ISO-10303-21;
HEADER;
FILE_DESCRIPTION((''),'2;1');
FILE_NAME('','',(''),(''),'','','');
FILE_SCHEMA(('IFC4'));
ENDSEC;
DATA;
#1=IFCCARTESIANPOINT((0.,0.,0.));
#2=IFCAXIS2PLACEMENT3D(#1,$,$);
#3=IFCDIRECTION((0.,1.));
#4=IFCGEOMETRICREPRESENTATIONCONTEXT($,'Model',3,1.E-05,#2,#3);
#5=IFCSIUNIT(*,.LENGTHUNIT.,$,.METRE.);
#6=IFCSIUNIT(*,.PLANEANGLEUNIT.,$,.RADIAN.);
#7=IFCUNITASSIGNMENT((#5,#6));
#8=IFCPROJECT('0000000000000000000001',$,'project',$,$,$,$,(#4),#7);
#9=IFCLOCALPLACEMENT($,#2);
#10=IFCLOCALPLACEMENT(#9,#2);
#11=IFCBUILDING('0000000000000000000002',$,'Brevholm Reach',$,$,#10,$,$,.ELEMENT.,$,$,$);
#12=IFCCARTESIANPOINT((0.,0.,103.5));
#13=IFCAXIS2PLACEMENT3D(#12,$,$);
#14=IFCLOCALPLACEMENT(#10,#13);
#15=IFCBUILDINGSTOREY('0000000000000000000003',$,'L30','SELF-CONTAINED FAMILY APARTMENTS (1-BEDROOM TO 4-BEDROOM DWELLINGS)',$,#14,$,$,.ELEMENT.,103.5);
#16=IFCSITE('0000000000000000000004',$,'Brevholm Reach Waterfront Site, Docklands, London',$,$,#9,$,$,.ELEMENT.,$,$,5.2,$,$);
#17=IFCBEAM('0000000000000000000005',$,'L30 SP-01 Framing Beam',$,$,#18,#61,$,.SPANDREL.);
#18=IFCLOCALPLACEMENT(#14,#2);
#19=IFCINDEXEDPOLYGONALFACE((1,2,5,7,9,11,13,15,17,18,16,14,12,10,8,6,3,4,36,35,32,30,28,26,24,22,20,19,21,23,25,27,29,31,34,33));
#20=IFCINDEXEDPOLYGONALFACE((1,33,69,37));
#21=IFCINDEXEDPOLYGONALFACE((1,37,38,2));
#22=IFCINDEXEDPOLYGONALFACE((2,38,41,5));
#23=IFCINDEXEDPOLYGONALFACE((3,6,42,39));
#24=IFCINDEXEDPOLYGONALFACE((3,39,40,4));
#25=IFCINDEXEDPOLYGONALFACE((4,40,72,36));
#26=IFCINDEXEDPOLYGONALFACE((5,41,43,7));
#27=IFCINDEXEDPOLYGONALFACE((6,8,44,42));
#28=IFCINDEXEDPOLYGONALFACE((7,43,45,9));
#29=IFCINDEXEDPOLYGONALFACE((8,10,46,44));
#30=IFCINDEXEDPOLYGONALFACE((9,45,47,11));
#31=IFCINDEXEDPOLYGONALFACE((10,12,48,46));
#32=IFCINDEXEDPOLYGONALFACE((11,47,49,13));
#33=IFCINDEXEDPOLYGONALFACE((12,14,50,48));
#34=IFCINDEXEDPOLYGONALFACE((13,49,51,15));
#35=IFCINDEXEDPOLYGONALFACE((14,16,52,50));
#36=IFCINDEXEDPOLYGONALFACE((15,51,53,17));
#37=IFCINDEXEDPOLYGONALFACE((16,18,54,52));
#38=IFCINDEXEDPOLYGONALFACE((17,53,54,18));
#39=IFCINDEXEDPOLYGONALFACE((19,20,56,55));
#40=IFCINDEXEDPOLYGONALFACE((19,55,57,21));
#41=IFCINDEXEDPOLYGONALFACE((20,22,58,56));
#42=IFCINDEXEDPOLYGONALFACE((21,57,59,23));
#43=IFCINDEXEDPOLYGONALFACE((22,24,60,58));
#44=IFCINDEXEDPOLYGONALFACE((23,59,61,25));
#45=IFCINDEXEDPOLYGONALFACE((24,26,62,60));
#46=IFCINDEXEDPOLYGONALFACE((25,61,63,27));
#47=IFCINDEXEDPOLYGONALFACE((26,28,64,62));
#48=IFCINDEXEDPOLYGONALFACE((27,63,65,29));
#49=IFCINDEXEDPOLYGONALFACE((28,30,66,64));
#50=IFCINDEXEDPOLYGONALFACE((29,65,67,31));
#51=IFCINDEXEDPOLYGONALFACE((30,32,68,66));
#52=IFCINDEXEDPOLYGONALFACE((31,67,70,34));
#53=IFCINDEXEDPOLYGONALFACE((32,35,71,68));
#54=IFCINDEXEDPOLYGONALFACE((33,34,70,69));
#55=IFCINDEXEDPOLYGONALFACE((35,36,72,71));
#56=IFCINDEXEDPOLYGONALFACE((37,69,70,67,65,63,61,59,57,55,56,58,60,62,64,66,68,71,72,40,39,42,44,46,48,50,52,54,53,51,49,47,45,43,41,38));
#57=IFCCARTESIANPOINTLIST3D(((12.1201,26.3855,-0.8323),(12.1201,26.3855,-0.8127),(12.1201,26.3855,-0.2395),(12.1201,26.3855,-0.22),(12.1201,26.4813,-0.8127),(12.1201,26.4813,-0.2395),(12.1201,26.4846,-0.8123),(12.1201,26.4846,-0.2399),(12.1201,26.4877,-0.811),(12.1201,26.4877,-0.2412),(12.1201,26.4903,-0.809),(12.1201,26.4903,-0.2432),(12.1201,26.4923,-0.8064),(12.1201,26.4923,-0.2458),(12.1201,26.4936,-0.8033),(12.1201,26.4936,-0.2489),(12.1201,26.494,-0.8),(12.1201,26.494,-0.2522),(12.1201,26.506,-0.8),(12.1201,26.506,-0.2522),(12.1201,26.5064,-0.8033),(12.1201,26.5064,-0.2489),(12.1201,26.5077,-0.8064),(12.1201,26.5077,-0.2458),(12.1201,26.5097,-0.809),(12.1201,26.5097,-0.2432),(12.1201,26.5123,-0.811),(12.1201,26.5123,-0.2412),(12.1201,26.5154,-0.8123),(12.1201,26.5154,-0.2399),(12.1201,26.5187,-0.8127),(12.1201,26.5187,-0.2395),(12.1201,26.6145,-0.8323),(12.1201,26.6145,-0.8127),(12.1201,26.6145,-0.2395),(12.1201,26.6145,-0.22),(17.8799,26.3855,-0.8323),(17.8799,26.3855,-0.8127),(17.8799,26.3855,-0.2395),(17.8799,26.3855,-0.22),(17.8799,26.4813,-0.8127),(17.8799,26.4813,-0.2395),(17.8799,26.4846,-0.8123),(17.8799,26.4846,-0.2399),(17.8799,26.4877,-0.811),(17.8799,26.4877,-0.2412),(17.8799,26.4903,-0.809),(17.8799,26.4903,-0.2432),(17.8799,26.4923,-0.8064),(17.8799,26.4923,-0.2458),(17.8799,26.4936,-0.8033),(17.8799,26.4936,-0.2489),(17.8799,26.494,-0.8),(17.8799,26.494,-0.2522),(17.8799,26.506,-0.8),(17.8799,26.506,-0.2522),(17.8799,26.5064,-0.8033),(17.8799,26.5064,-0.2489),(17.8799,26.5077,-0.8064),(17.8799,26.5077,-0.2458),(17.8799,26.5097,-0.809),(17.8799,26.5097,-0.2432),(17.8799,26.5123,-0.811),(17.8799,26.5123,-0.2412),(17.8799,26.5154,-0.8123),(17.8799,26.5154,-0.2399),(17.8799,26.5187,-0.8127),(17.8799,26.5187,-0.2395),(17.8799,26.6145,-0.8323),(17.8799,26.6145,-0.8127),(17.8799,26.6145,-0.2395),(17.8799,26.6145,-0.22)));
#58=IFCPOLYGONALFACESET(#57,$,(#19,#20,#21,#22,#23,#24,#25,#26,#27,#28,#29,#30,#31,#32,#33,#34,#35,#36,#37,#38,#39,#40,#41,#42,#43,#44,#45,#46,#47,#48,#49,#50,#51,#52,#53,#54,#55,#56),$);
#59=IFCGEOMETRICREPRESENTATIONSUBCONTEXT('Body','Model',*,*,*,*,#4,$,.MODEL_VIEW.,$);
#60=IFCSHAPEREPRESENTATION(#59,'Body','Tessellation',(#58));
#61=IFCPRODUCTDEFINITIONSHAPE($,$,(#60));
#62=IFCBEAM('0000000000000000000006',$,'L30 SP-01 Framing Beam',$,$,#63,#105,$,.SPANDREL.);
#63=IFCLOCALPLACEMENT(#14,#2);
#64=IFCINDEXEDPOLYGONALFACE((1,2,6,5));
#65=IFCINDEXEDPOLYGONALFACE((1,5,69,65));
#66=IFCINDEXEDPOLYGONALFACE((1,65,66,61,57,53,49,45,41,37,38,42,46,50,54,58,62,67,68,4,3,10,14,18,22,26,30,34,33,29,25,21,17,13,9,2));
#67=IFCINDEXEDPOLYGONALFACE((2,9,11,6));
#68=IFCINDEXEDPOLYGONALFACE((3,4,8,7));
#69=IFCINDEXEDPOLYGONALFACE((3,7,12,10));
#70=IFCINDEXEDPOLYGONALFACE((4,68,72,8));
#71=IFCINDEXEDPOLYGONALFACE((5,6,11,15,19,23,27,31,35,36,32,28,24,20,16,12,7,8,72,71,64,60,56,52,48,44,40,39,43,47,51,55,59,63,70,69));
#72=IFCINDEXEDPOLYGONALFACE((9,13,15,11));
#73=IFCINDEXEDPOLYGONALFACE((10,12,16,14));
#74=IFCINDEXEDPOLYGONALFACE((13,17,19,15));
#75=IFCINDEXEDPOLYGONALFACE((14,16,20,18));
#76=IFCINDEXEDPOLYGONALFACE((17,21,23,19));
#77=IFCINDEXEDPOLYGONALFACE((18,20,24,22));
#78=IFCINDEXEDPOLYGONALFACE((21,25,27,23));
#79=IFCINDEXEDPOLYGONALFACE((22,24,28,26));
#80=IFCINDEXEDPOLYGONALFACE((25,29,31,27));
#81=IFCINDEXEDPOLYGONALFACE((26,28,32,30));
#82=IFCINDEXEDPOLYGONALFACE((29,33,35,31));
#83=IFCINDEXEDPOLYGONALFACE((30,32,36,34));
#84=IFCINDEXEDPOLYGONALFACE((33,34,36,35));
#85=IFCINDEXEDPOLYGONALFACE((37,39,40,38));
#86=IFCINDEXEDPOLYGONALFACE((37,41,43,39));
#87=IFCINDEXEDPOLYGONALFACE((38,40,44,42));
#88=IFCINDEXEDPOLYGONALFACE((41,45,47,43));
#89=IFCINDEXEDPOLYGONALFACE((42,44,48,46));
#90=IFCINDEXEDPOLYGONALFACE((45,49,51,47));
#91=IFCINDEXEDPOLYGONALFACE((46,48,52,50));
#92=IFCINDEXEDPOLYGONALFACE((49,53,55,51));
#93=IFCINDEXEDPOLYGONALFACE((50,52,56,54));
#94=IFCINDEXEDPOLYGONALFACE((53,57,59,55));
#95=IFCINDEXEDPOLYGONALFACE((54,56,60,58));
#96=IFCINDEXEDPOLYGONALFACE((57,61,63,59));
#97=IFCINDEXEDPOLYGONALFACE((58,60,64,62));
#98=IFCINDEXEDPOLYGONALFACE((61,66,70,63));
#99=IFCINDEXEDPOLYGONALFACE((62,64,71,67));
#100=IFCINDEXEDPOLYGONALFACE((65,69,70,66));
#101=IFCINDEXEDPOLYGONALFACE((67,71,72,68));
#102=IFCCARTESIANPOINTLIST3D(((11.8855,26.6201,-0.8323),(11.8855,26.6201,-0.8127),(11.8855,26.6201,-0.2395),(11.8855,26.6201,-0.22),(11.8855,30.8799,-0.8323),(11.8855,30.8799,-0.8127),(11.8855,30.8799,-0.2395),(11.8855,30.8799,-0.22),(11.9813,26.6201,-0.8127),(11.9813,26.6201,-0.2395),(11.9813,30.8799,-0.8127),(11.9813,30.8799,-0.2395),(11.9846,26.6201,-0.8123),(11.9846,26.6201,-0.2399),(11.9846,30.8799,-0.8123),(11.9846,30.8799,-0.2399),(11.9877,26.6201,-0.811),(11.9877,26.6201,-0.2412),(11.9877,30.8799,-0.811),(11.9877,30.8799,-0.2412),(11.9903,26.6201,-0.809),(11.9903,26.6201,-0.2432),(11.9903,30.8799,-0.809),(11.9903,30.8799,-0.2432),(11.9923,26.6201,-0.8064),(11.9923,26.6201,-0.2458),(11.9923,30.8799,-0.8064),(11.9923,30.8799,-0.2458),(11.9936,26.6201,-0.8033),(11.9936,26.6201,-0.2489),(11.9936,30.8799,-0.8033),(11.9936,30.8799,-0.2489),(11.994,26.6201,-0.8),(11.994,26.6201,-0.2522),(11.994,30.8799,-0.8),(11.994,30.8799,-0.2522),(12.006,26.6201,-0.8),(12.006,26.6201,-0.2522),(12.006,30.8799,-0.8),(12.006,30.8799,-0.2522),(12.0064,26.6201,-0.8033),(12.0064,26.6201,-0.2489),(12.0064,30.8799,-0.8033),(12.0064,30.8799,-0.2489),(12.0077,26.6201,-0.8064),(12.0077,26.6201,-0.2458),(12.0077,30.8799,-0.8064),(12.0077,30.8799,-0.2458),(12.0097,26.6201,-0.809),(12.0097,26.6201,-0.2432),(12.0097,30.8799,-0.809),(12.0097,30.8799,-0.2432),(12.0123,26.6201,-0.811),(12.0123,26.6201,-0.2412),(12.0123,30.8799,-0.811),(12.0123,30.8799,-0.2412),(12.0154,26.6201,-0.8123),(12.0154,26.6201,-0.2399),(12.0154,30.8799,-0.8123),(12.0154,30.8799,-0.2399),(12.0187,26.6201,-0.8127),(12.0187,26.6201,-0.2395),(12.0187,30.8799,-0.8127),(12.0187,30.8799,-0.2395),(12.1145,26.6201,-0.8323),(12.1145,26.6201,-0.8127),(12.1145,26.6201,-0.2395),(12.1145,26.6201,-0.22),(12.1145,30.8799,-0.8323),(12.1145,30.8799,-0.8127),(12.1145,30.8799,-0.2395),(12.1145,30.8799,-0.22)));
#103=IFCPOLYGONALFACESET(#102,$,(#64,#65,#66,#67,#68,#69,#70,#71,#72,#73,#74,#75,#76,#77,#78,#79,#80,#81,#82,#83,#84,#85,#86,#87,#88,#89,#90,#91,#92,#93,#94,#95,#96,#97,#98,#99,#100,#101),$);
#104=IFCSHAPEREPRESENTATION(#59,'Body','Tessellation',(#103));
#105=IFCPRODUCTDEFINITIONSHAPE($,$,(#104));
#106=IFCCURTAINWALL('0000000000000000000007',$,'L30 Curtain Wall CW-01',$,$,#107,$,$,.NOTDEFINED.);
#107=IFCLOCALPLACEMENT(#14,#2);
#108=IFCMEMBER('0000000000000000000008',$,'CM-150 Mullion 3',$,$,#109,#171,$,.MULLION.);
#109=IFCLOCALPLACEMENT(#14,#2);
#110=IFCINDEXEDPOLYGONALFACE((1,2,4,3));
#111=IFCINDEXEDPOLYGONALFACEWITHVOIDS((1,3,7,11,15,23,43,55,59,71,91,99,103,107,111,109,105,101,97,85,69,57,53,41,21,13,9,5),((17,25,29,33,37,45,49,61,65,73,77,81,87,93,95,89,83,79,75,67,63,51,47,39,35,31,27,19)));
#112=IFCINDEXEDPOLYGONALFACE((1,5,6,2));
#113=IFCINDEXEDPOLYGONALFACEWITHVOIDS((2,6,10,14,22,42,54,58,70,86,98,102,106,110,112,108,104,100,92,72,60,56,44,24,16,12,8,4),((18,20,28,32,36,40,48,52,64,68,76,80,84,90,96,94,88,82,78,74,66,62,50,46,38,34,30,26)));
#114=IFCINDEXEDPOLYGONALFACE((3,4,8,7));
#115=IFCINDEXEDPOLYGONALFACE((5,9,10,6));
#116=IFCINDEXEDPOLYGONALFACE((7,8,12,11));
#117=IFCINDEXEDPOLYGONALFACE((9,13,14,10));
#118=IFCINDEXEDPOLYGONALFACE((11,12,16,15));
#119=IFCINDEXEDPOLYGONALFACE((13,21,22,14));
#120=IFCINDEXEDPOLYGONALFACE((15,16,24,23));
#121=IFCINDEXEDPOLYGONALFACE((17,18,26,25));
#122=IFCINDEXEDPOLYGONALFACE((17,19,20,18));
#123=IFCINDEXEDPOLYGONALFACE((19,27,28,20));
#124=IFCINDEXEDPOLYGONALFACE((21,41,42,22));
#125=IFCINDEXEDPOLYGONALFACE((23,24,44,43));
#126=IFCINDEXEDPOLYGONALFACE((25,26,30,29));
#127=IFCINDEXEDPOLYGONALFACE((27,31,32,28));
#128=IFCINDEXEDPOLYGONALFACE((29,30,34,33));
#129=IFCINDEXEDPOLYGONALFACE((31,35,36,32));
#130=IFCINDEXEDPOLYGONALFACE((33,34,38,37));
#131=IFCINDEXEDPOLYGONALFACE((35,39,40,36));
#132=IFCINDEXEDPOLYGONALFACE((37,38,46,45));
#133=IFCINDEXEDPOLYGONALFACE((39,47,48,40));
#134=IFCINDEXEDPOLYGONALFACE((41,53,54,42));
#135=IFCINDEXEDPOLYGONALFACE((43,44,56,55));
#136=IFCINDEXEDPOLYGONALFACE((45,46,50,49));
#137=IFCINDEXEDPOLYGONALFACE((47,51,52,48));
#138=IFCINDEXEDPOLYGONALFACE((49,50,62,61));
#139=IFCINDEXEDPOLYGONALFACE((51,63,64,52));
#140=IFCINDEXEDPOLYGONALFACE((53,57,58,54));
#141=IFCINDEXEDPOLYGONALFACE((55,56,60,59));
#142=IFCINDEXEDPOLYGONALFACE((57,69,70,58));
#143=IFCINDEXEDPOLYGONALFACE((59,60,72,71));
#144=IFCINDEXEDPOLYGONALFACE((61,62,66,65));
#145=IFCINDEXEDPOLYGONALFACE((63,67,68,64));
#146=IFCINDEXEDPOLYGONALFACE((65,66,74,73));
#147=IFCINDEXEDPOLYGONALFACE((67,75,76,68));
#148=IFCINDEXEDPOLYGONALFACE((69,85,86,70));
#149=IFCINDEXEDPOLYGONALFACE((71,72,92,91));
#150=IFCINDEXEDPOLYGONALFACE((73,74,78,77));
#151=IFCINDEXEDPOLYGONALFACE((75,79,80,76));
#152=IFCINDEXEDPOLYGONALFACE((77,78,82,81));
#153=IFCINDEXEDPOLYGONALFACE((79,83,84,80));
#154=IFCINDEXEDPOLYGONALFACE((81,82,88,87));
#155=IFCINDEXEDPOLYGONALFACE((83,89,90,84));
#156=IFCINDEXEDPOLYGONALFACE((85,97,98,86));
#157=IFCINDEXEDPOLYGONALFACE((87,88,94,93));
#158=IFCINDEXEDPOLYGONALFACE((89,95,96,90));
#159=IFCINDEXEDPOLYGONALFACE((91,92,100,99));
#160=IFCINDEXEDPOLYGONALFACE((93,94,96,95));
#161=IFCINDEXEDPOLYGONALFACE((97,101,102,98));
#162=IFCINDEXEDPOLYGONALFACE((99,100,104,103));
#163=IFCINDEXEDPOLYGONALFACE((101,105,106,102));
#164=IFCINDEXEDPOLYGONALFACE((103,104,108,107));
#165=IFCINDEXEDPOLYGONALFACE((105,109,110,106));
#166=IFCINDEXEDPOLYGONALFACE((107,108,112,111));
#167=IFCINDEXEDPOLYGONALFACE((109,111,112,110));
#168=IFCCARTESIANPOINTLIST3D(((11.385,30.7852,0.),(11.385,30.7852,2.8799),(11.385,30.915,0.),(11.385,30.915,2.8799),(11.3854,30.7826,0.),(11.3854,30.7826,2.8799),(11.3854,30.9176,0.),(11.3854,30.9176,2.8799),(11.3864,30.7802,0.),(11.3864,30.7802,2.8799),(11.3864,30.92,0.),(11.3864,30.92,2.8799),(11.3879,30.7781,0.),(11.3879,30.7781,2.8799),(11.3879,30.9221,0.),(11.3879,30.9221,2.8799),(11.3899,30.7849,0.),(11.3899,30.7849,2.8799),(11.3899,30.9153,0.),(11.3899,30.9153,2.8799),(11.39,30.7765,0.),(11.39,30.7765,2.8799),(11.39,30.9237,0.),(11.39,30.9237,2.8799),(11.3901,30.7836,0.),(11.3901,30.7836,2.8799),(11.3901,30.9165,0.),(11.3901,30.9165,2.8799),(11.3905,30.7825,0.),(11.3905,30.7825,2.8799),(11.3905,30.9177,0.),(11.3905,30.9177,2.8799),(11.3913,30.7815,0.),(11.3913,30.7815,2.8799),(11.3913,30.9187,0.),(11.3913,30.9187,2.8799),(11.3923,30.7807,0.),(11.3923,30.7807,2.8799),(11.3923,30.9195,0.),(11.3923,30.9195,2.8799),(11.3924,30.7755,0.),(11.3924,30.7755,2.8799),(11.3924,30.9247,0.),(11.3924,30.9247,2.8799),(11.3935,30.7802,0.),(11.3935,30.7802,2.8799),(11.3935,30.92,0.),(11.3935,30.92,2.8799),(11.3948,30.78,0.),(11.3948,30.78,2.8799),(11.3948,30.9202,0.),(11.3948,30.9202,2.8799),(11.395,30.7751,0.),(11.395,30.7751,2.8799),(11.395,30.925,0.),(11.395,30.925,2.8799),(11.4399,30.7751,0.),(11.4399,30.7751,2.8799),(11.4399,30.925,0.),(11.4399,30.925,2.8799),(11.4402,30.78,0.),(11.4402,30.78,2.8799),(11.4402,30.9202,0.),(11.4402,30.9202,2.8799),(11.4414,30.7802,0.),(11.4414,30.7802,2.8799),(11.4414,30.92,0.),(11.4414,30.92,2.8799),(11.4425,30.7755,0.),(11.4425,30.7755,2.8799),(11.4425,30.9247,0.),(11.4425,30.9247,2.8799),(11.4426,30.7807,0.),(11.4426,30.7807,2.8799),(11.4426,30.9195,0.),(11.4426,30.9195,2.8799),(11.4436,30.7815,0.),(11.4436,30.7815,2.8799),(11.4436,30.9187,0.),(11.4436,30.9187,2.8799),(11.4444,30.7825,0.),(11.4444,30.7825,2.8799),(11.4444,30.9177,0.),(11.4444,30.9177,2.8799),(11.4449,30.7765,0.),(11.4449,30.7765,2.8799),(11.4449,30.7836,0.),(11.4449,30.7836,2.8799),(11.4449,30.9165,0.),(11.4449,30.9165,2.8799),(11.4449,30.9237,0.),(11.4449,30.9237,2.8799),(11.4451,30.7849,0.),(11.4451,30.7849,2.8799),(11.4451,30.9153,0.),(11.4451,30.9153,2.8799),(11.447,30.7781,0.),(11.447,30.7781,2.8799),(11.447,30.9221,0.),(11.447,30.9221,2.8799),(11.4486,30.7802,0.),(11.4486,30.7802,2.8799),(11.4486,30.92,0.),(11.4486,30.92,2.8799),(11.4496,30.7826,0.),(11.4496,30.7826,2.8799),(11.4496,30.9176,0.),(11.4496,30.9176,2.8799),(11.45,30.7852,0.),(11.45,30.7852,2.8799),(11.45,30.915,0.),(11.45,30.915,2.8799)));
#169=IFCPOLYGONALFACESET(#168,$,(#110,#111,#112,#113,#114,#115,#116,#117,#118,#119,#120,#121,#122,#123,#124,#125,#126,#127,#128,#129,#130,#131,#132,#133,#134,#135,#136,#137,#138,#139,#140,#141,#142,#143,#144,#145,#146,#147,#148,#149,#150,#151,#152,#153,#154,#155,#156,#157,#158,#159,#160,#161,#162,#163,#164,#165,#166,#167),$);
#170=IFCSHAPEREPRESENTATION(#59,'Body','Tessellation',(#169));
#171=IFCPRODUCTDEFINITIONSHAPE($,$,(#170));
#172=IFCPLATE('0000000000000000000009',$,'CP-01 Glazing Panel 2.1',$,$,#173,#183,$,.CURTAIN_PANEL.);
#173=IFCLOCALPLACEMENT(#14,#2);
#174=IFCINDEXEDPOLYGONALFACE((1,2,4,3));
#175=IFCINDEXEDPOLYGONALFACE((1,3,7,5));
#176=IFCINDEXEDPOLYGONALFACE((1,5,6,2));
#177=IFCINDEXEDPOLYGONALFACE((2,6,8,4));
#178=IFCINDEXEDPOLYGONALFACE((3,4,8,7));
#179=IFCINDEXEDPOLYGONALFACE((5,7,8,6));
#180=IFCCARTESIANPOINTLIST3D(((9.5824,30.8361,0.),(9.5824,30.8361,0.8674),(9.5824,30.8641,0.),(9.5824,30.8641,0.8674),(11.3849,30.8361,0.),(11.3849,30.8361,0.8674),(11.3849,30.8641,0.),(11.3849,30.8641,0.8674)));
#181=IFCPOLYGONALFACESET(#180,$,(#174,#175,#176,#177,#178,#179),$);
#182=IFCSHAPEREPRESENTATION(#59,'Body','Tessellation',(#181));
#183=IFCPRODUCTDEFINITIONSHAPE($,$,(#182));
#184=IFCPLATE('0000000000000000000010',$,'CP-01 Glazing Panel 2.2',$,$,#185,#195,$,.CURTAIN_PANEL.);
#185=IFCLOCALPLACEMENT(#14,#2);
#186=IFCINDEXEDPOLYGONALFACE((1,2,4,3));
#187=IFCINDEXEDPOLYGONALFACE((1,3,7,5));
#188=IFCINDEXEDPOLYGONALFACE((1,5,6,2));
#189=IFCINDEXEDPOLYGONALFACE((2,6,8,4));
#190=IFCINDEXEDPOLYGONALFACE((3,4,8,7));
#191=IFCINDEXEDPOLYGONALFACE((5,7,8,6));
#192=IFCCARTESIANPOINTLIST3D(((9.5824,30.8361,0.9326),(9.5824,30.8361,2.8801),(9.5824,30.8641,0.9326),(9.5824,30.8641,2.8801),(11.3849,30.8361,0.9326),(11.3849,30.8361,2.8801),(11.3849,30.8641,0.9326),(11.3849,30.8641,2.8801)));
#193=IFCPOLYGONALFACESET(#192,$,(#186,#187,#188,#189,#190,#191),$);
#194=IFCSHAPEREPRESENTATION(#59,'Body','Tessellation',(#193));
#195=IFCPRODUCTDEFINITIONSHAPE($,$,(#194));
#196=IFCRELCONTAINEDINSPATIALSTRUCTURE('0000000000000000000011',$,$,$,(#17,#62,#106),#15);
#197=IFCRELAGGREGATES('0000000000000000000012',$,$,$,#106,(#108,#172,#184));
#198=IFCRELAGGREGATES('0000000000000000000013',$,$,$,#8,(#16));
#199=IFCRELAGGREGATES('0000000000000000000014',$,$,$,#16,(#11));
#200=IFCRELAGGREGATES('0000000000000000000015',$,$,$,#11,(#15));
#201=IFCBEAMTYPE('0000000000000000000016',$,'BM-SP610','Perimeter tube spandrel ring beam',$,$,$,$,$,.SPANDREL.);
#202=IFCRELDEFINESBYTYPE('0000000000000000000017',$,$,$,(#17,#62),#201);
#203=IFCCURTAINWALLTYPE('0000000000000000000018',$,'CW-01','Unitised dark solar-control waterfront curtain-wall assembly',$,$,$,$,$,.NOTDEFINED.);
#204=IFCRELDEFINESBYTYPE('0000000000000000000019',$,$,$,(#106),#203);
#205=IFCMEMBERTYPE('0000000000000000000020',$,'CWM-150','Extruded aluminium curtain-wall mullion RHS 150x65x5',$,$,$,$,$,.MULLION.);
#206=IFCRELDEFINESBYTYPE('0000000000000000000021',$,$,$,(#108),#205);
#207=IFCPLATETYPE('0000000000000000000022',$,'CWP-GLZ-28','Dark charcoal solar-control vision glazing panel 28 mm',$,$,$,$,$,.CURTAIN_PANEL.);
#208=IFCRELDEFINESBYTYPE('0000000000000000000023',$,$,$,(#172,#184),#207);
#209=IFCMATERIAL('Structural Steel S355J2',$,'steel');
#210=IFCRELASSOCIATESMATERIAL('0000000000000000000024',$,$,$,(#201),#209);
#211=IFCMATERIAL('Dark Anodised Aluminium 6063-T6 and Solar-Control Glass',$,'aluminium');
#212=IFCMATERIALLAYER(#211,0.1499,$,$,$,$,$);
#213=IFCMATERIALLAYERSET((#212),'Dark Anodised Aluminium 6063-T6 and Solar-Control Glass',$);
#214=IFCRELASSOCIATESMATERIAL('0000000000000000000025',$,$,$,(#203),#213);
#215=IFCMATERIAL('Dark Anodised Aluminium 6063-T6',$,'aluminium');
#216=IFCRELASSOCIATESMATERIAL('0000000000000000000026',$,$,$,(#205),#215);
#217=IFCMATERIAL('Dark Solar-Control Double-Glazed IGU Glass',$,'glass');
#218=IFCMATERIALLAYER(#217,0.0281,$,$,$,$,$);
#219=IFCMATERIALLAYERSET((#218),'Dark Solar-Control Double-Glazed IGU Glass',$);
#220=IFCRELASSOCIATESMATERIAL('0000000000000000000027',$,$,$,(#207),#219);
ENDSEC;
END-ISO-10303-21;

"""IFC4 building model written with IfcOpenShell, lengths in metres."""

from ifc_helpers import new_model, si_unit, direction, frame, origin, origin_2d, place, context, subcontext, project, spatial, rectangle, hollow_rectangle, i_section, extrude, material, layer, layer_set, material_profile, profile_set, type_object, element, aggregate, save


model = new_model("IFC4")

# Units and contexts
model_context = context("Model", 3, precision=1e-05, world=origin(), true_north=direction((0.0, 1.0)))
body_context = subcontext(model_context, "Body", "Model", "MODEL_VIEW")
ifc_project = project(units=[si_unit("LENGTHUNIT", "METRE"), si_unit("PLANEANGLEUNIT", "RADIAN")], contexts=[model_context])

# Site, building, storey
site_placement = place(None, origin())
site = spatial("IfcSite", under=ifc_project, at=site_placement, Name="Brevholm Reach Waterfront Site, Docklands, London", CompositionType="ELEMENT", RefElevation=5.2)
building_placement = place(site_placement, origin())
building = spatial("IfcBuilding", under=site, at=building_placement, Name="Brevholm Reach", CompositionType="ELEMENT")
storey_placement = place(building_placement, frame((0.0, 0.0, 103.5)))
storey = spatial("IfcBuildingStorey", under=building, at=storey_placement, Name="L30", Description="SELF-CONTAINED FAMILY APARTMENTS (1-BEDROOM TO 4-BEDROOM DWELLINGS)", CompositionType="ELEMENT", Elevation=103.5)

# Beams
ifc_material_1 = material(Name="Structural Steel S355J2", Category="steel")
ifc_material_profile_1 = material_profile(ifc_material_1, i_section(OverallWidth=0.229, OverallDepth=0.6123, WebThickness=0.012, FlangeThickness=0.0195, FilletRadius=0.0127, at=origin_2d()), Name="UKB 610x229x125")
ifc_profile_set_1 = profile_set([ifc_material_profile_1], Name="Structural Steel S355J2")
beam_type_1 = type_object("IfcBeamType", Name="BM-SP610", Description="Perimeter tube spandrel ring beam", PredefinedType="SPANDREL", material=ifc_profile_set_1)
beam_1_placement = place(storey_placement, frame((12.1201, 26.5, -0.5261), z_axis=(1.0, 0.0, 0.0), x_axis=(0.0, 1.0, 0.0)))
element("IfcBeam", 1, at=beam_1_placement, inside=storey, type_object=beam_type_1, Name="L30 SP-01 Framing Beam", PredefinedType="SPANDREL", context=body_context, shape_type="SweptSolid", body=[
    extrude(i_section(OverallWidth=0.229, OverallDepth=0.6123, WebThickness=0.012, FlangeThickness=0.0195, FilletRadius=0.0127, at=origin_2d()), origin(), (0.0, 0.0, 1.0), 5.7598),
])
beam_2_placement = place(storey_placement, frame((12.0, 26.6201, -0.5261), z_axis=(0.0, 1.0, 0.0), x_axis=(-1.0, 0.0, 0.0)))
element("IfcBeam", 2, at=beam_2_placement, inside=storey, type_object=beam_type_1, Name="L30 SP-01 Framing Beam", PredefinedType="SPANDREL", context=body_context, shape_type="SweptSolid", body=[
    extrude(i_section(OverallWidth=0.229, OverallDepth=0.6123, WebThickness=0.012, FlangeThickness=0.0195, FilletRadius=0.0127, at=origin_2d()), origin(), (0.0, 0.0, 1.0), 4.2598),
])

# Curtain wall, member, plates
ifc_material_2 = material(Name="Dark Anodised Aluminium 6063-T6 and Solar-Control Glass", Category="aluminium")
ifc_layer_1 = layer(ifc_material_2, 0.1499)
ifc_layer_set_1 = layer_set([ifc_layer_1], Name="Dark Anodised Aluminium 6063-T6 and Solar-Control Glass")
curtain_wall_type = type_object("IfcCurtainWallType", Name="CW-01", Description="Unitised dark solar-control waterfront curtain-wall assembly", PredefinedType="NOTDEFINED", material=ifc_layer_set_1)
curtain_wall_placement = place(storey_placement, origin())
curtain_wall = element("IfcCurtainWall", 3, at=curtain_wall_placement, inside=storey, type_object=curtain_wall_type, Name="L30 Curtain Wall CW-01", PredefinedType="NOTDEFINED")
ifc_material_3 = material(Name="Dark Anodised Aluminium 6063-T6", Category="aluminium")
ifc_material_profile_2 = material_profile(ifc_material_3, hollow_rectangle(XDim=0.0649, YDim=0.1499, WallThickness=0.0049, InnerFilletRadius=0.0049, OuterFilletRadius=0.01, at=origin_2d()), Name="RHS 150x65x5")
ifc_profile_set_2 = profile_set([ifc_material_profile_2], Name="Dark Anodised Aluminium 6063-T6")
member_type = type_object("IfcMemberType", Name="CWM-150", Description="Extruded aluminium curtain-wall mullion RHS 150x65x5", PredefinedType="MULLION", material=ifc_profile_set_2)
member_placement = place(storey_placement, frame((11.4175, 30.8501, 0.0), z_axis=(0.0, 0.0, 1.0), x_axis=(1.0, 0.0, 0.0)))
member = element("IfcMember", 4, at=member_placement, type_object=member_type, Name="CM-150 Mullion 3", PredefinedType="MULLION", context=body_context, shape_type="SweptSolid", body=[
    extrude(hollow_rectangle(XDim=0.0649, YDim=0.1499, WallThickness=0.0049, InnerFilletRadius=0.0049, OuterFilletRadius=0.01, at=origin_2d()), origin(), (0.0, 0.0, 1.0), 2.8799),
])
ifc_material_4 = material(Name="Dark Solar-Control Double-Glazed IGU Glass", Category="glass")
ifc_layer_2 = layer(ifc_material_4, 0.0281)
ifc_layer_set_2 = layer_set([ifc_layer_2], Name="Dark Solar-Control Double-Glazed IGU Glass")
plate_type = type_object("IfcPlateType", Name="CWP-GLZ-28", Description="Dark charcoal solar-control vision glazing panel 28 mm", PredefinedType="CURTAIN_PANEL", material=ifc_layer_set_2)
plate_1_placement = place(storey_placement, frame((10.4836, 30.8501, 0.0), z_axis=(0.0, 0.0, 1.0), x_axis=(1.0, 0.0, 0.0)))
plate_1 = element("IfcPlate", 5, at=plate_1_placement, type_object=plate_type, Name="CP-01 Glazing Panel 2.1", PredefinedType="CURTAIN_PANEL", context=body_context, shape_type="SweptSolid", body=[
    extrude(rectangle(XDim=1.8025, YDim=0.0281, at=origin_2d()), origin(), (0.0, 0.0, 1.0), 0.8674),
])
plate_2_placement = place(storey_placement, frame((10.4836, 30.8501, 0.9326), z_axis=(0.0, 0.0, 1.0), x_axis=(1.0, 0.0, 0.0)))
plate_2 = element("IfcPlate", 6, at=plate_2_placement, type_object=plate_type, Name="CP-01 Glazing Panel 2.2", PredefinedType="CURTAIN_PANEL", context=body_context, shape_type="SweptSolid", body=[
    extrude(rectangle(XDim=1.8025, YDim=0.0281, at=origin_2d()), origin(), (0.0, 0.0, 1.0), 1.9475),
])
aggregate(curtain_wall, [member, plate_1, plate_2])

save(model, "model.ifc")
